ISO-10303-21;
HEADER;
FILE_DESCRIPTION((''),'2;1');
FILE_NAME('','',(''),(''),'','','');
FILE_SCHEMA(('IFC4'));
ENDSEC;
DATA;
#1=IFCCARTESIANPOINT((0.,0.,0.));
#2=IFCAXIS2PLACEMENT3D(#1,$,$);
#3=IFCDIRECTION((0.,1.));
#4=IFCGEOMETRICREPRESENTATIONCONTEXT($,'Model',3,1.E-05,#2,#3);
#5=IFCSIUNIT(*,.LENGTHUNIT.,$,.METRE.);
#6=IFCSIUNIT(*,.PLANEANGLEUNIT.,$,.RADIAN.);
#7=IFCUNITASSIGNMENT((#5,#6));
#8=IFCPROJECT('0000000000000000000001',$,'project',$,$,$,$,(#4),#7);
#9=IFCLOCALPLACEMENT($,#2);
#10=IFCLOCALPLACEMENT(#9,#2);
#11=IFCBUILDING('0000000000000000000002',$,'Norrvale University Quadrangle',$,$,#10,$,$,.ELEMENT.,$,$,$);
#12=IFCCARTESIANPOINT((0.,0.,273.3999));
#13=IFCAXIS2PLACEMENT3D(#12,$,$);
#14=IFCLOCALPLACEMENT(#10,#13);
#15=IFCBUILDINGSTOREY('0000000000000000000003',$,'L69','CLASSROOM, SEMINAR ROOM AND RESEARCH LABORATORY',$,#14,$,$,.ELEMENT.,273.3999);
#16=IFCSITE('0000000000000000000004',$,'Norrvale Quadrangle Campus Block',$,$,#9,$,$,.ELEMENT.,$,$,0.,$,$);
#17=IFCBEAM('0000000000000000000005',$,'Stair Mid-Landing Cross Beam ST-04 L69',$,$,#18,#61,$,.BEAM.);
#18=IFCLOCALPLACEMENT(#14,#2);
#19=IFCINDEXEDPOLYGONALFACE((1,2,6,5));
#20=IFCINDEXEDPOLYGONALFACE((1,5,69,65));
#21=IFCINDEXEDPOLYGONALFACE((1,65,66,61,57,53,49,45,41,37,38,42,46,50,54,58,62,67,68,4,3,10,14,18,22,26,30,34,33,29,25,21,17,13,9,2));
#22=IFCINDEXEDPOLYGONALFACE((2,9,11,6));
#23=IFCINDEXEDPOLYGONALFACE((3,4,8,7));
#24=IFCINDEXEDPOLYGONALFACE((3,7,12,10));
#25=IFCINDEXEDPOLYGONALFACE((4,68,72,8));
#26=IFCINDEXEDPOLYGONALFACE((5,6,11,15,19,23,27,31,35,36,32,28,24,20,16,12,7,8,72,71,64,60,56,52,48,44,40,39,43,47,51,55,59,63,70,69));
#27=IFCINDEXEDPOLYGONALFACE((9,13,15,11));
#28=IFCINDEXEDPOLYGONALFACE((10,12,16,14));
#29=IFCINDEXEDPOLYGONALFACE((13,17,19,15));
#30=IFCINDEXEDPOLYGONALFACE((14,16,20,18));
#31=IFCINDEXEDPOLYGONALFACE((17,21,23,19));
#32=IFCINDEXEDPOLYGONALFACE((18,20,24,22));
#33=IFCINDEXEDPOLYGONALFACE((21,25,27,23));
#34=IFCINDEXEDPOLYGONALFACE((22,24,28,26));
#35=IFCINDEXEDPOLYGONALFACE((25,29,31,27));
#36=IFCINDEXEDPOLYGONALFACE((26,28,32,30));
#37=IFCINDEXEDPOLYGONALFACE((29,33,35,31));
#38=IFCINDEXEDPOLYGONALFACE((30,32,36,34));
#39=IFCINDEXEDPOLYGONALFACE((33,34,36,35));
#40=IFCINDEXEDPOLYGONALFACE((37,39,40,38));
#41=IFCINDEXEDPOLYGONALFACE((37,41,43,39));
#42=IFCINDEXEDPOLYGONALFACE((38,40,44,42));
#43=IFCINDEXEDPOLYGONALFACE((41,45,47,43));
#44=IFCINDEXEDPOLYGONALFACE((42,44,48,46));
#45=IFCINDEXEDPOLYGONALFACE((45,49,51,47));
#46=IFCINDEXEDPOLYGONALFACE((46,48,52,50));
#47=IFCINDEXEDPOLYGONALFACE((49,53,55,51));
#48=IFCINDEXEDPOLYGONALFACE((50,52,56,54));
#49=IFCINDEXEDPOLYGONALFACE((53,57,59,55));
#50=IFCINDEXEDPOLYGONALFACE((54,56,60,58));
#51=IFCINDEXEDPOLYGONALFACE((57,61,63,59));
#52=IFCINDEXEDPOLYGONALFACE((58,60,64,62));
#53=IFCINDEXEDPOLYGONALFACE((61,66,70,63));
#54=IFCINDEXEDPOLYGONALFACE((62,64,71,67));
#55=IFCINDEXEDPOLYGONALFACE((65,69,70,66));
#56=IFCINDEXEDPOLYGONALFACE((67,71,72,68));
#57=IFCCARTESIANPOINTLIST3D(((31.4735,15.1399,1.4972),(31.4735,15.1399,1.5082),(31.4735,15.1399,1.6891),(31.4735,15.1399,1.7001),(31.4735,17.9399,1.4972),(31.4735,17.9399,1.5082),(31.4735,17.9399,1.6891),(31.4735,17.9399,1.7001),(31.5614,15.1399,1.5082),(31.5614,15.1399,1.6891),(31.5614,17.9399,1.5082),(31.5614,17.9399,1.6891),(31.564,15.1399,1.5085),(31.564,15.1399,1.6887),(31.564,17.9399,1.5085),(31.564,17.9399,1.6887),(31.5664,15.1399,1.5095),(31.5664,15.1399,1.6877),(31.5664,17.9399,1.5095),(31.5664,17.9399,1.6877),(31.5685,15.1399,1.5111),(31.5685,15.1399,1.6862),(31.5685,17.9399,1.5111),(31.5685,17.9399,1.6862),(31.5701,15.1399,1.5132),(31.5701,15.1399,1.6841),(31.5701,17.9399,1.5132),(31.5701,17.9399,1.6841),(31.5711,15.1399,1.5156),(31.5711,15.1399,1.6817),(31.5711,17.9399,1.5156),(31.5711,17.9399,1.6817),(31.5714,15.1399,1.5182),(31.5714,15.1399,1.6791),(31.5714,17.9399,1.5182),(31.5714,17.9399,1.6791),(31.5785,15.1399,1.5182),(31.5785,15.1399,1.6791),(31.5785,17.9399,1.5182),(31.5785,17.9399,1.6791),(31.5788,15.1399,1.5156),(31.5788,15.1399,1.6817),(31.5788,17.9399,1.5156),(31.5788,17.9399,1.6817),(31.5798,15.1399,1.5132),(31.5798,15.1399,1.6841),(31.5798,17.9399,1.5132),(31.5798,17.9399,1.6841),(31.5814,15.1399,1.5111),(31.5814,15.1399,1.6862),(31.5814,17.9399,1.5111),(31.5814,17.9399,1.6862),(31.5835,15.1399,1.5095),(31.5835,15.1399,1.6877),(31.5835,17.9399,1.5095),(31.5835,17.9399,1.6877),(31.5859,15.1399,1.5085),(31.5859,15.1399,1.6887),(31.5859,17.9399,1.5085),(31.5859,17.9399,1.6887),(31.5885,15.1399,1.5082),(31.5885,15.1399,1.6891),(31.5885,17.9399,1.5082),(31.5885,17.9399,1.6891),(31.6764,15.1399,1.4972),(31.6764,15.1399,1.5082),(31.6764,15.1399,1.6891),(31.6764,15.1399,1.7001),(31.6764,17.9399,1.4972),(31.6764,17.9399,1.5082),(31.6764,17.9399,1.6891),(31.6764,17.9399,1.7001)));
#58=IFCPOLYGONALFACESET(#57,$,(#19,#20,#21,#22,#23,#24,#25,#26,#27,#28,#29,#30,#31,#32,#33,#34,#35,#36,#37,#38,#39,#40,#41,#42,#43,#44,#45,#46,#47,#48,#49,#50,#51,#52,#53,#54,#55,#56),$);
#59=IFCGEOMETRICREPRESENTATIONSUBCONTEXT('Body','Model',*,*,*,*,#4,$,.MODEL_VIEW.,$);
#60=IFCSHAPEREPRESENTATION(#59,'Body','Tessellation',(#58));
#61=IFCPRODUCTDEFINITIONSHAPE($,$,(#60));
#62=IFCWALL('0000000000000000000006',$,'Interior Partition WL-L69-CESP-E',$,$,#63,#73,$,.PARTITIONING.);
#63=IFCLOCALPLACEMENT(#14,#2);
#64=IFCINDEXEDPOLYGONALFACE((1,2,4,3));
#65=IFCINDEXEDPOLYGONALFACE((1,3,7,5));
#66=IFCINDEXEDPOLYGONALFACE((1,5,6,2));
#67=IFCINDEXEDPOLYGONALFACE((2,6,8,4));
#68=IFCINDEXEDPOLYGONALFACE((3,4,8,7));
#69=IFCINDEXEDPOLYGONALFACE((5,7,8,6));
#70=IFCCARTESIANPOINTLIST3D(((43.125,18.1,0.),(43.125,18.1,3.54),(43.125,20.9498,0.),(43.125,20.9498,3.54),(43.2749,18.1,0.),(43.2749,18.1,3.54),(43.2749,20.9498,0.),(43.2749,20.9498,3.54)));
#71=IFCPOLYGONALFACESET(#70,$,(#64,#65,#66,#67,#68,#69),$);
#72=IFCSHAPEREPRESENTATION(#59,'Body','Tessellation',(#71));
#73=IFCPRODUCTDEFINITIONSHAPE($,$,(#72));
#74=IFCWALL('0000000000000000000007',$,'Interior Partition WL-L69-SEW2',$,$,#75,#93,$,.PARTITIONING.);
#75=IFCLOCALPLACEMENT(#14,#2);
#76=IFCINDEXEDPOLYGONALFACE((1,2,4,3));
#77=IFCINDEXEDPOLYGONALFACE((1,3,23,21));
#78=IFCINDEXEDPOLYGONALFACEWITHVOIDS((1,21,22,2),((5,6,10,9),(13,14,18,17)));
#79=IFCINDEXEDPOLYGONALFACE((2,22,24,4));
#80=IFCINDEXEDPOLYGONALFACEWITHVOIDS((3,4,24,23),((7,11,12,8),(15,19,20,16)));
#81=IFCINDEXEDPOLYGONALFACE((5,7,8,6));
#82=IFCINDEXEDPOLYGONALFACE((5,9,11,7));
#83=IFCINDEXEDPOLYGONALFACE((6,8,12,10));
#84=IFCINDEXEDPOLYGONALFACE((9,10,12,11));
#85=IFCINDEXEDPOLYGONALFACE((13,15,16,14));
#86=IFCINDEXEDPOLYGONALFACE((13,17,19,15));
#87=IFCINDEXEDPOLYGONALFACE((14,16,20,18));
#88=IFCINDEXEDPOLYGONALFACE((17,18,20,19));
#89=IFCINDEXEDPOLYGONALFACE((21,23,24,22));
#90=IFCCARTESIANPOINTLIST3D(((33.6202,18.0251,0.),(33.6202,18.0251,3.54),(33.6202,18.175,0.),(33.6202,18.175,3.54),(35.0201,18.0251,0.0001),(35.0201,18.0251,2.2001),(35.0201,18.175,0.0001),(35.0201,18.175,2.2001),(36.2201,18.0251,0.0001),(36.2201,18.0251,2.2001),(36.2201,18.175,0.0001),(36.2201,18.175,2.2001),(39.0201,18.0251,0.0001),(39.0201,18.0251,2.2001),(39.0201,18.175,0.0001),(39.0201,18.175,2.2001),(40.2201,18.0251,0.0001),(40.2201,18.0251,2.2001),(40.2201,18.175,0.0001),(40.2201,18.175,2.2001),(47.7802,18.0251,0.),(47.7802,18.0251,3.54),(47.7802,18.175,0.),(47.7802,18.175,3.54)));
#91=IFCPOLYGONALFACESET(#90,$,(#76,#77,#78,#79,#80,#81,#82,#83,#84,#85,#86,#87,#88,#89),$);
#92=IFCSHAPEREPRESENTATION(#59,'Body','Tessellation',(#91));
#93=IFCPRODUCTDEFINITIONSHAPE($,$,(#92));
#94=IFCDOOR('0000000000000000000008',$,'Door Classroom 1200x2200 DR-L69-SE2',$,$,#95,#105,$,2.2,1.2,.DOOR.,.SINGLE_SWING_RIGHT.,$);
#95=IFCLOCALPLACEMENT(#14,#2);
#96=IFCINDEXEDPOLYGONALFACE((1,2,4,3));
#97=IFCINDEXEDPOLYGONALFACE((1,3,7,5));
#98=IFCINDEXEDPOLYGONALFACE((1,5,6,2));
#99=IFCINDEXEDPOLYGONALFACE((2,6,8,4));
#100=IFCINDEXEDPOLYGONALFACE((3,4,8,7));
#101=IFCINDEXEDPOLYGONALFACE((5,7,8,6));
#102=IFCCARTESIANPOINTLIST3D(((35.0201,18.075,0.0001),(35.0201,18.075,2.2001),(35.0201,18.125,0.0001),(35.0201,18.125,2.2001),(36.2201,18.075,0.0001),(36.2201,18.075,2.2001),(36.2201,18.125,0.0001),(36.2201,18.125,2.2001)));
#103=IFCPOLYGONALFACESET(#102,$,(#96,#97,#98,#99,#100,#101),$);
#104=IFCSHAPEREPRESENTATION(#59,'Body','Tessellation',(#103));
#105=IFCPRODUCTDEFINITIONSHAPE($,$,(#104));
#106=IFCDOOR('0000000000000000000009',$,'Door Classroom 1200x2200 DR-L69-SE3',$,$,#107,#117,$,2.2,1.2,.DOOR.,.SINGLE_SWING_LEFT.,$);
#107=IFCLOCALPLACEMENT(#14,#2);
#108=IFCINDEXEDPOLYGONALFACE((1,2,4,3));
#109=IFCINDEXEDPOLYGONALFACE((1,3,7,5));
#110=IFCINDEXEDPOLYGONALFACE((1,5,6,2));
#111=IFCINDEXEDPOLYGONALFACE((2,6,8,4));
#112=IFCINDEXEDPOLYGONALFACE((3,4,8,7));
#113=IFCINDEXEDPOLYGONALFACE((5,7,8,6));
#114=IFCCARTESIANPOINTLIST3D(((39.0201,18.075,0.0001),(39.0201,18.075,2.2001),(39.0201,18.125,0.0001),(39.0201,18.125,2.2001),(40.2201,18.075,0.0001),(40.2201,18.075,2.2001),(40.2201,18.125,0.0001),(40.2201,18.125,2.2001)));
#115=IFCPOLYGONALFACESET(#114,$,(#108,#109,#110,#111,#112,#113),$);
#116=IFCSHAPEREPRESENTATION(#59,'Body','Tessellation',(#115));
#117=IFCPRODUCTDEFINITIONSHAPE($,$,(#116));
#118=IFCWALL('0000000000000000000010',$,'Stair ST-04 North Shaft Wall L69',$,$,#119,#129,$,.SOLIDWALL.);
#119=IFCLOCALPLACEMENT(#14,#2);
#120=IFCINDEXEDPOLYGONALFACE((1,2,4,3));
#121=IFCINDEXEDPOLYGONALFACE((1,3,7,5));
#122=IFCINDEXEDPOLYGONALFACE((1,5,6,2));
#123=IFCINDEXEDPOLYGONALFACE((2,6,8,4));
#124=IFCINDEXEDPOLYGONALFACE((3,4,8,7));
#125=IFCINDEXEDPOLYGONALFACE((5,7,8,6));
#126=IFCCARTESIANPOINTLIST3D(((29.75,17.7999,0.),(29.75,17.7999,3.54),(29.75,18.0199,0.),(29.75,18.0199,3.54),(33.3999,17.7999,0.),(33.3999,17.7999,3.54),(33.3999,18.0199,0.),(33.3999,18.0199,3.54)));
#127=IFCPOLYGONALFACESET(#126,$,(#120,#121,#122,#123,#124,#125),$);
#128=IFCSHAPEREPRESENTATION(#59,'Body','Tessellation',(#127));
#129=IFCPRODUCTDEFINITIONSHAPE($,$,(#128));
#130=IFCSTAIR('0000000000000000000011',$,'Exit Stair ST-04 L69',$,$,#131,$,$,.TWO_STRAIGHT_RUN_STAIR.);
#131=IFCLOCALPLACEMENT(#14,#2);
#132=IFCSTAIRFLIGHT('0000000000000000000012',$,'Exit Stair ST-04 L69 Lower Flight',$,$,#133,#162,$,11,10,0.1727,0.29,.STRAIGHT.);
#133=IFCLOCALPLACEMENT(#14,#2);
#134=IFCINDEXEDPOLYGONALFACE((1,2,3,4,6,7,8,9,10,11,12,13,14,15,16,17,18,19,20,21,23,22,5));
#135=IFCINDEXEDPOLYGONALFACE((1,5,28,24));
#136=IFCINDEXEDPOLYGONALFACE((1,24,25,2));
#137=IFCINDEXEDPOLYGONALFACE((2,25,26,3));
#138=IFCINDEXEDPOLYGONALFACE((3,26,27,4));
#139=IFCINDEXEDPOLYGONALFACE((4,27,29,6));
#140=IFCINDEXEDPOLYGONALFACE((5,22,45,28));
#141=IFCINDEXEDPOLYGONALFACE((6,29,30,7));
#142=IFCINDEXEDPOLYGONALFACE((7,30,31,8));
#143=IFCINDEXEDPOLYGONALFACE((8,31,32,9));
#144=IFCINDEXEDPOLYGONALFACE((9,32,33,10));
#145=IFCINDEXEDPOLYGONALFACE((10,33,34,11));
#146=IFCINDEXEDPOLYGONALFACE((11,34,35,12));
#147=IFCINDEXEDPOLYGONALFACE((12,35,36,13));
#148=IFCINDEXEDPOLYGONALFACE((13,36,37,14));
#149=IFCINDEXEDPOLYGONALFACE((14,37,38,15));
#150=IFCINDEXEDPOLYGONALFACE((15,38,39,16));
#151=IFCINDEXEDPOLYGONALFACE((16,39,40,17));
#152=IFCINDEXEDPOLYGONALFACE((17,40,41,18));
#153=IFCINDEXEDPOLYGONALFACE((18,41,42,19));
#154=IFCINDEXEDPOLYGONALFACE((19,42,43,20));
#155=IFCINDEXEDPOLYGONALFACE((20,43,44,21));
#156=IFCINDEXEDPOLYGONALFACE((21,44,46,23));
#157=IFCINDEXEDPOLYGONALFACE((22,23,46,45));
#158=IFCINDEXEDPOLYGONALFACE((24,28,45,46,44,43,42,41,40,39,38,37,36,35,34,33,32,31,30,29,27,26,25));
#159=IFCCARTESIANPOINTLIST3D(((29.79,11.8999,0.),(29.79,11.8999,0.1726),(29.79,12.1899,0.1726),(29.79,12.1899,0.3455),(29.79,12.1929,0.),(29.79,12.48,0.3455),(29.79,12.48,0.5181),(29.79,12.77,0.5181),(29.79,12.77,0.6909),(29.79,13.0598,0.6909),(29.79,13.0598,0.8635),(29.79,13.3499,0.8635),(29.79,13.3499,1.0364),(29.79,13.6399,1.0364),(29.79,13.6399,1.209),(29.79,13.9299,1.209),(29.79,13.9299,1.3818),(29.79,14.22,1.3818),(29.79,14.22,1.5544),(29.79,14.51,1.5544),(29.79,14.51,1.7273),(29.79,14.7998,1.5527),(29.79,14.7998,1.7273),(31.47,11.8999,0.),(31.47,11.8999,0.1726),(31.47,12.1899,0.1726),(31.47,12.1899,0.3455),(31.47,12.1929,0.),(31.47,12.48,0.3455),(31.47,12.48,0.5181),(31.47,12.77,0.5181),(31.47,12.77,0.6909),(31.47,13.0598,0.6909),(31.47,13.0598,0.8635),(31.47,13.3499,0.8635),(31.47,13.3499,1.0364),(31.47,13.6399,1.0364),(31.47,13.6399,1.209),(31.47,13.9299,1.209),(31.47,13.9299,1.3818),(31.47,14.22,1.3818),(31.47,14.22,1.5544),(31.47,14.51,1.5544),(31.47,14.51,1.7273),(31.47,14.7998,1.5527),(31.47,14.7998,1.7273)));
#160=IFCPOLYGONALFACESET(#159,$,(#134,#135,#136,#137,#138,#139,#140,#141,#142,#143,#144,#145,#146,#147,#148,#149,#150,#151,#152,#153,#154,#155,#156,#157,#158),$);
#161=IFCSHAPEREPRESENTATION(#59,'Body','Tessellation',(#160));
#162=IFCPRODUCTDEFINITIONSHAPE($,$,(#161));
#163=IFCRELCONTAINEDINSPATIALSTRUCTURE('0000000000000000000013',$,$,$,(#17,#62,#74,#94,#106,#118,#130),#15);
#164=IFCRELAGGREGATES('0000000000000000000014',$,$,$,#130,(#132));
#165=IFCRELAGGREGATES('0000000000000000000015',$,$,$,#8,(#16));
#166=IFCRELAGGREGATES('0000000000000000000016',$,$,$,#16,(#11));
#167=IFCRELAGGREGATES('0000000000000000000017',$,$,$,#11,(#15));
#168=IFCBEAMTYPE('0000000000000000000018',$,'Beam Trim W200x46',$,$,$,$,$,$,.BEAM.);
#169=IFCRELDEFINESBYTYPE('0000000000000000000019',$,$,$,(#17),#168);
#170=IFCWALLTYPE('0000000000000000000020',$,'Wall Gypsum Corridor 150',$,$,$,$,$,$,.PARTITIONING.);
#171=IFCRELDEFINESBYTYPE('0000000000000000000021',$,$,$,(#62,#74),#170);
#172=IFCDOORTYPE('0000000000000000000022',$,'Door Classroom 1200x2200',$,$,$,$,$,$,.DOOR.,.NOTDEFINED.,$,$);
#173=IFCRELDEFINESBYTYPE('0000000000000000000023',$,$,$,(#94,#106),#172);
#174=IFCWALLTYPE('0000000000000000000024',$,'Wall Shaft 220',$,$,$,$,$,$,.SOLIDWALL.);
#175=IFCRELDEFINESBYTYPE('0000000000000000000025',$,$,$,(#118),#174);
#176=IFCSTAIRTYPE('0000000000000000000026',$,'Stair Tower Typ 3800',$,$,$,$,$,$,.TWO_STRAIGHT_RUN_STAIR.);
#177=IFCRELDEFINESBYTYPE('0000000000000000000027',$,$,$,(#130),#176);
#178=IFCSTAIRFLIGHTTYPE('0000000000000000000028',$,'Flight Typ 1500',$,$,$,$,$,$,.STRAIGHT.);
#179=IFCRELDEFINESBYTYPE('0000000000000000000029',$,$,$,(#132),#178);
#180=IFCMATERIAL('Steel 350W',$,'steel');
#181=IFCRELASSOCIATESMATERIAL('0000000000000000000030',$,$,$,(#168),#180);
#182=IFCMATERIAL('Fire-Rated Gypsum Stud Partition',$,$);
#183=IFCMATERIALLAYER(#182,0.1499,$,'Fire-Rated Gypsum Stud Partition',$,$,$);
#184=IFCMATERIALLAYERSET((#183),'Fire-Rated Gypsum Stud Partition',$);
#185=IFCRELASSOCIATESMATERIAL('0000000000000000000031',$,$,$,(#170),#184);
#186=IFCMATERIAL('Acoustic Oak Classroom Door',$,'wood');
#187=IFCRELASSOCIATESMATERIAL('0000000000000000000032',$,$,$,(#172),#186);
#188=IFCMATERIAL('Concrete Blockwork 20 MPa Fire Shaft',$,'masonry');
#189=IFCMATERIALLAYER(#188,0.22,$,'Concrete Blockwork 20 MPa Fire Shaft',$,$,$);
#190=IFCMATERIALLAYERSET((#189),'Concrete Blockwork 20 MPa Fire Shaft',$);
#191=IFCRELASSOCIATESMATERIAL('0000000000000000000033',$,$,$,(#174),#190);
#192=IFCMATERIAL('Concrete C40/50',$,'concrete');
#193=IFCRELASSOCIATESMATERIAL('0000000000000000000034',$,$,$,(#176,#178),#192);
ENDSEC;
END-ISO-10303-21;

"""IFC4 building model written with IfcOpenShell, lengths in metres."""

from ifc_helpers import new_model, si_unit, direction, frame, frame_2d, origin, origin_2d, place, context, subcontext, project, spatial, polyline, rectangle, i_section, outline, extrude, material, layer, layer_set, material_profile, profile_set, type_object, element, fill, aggregate, save


model = new_model("IFC4")

# Units and contexts
model_context = context("Model", 3, precision=1e-05, world=origin(), true_north=direction((0.0, 1.0)))
body_context = subcontext(model_context, "Body", "Model", "MODEL_VIEW")
ifc_project = project(units=[si_unit("LENGTHUNIT", "METRE"), si_unit("PLANEANGLEUNIT", "RADIAN")], contexts=[model_context])

# Site, building, storey
site_placement = place(None, origin())
site = spatial("IfcSite", under=ifc_project, at=site_placement, Name="Norrvale Quadrangle Campus Block", CompositionType="ELEMENT", RefElevation=0.0)
building_placement = place(site_placement, origin())
building = spatial("IfcBuilding", under=site, at=building_placement, Name="Norrvale University Quadrangle", CompositionType="ELEMENT")
storey_placement = place(building_placement, frame((0.0, 0.0, 273.3999)))
storey = spatial("IfcBuildingStorey", under=building, at=storey_placement, Name="L69", Description="CLASSROOM, SEMINAR ROOM AND RESEARCH LABORATORY", CompositionType="ELEMENT", Elevation=273.3999)

# Beam
ifc_material_1 = material(Name="Steel 350W", Category="steel")
ifc_material_profile_1 = material_profile(ifc_material_1, i_section(OverallWidth=0.2029, OverallDepth=0.2029, WebThickness=0.0071, FlangeThickness=0.011, FilletRadius=0.01, at=origin_2d()), Name="Steel 350W")
ifc_profile_set_1 = profile_set([ifc_material_profile_1], Name="Steel 350W")
beam_type_1 = type_object("IfcBeamType", Name="Beam Trim W200x46", PredefinedType="BEAM", material=ifc_profile_set_1)
beam_1_placement = place(storey_placement, frame((31.575, 15.1399, 1.5986), z_axis=(0.0, 1.0, 0.0), x_axis=(-1.0, 0.0, 0.0)))
element("IfcBeam", 1, at=beam_1_placement, inside=storey, type_object=beam_type_1, Name="Stair Mid-Landing Cross Beam ST-04 L69", PredefinedType="BEAM", context=body_context, shape_type="SweptSolid", body=[
    extrude(i_section(OverallWidth=0.2029, OverallDepth=0.2029, WebThickness=0.0071, FlangeThickness=0.011, FilletRadius=0.01, at=origin_2d()), origin(), (0.0, 0.0, 1.0), 2.8),
])

# Wall
ifc_material_2 = material(Name="Fire-Rated Gypsum Stud Partition")
ifc_layer_1 = layer(ifc_material_2, 0.1499, Name="Fire-Rated Gypsum Stud Partition")
ifc_layer_set_1 = layer_set([ifc_layer_1], Name="Fire-Rated Gypsum Stud Partition")
wall_type_1 = type_object("IfcWallType", Name="Wall Gypsum Corridor 150", PredefinedType="PARTITIONING", material=ifc_layer_set_1)
wall_1_placement = place(storey_placement, frame((43.2, 18.1001, 0.0), z_axis=(0.0, 0.0, 1.0), x_axis=(0.0, 1.0, 0.0)))
element("IfcWall", 2, at=wall_1_placement, inside=storey, type_object=wall_type_1, Name="Interior Partition WL-L69-CESP-E", PredefinedType="PARTITIONING", context=body_context, shape_type="SweptSolid", body=[
    extrude(rectangle(XDim=2.8499, YDim=0.1499, at=frame_2d((1.4248, 0.0))), origin(), (0.0, 0.0, 1.0), 3.54),
])

# Wall, openings, doors
wall_2_placement = place(storey_placement, frame((33.6201, 18.1001, 0.0), z_axis=(0.0, 0.0, 1.0), x_axis=(1.0, 0.0, 0.0)))
wall_2 = element("IfcWall", 3, at=wall_2_placement, inside=storey, type_object=wall_type_1, Name="Interior Partition WL-L69-SEW2", PredefinedType="PARTITIONING", context=body_context, shape_type="SweptSolid", body=[
    extrude(rectangle(XDim=14.1599, YDim=0.1499, at=frame_2d((7.0801, 0.0))), origin(), (0.0, 0.0, 1.0), 3.54),
])
opening_1_placement = place(wall_2_placement, frame((1.3999, 0.0, 0.0)))
opening_1 = element("IfcOpeningElement", 4, at=opening_1_placement, cuts=wall_2, PredefinedType="OPENING", context=body_context, shape_type="SweptSolid", body=[
    extrude(rectangle(XDim=1.2, YDim=2.2, at=frame_2d((0.6001, 1.1001))), frame((0.0, 0.0869, 0.0), z_axis=(0.0, -1.0, 0.0), x_axis=(1.0, 0.0, 0.0)), (0.0, 0.0, 1.0), 0.1738),
])
opening_2_placement = place(wall_2_placement, frame((5.3999, 0.0, 0.0)))
opening_2 = element("IfcOpeningElement", 5, at=opening_2_placement, cuts=wall_2, PredefinedType="OPENING", context=body_context, shape_type="SweptSolid", body=[
    extrude(rectangle(XDim=1.2, YDim=2.2, at=frame_2d((0.6001, 1.1001))), frame((0.0, 0.0869, 0.0), z_axis=(0.0, -1.0, 0.0), x_axis=(1.0, 0.0, 0.0)), (0.0, 0.0, 1.0), 0.1738),
])
ifc_material_3 = material(Name="Acoustic Oak Classroom Door", Category="wood")
door_type = type_object("IfcDoorType", Name="Door Classroom 1200x2200", OperationType="NOTDEFINED", PredefinedType="DOOR", material=ifc_material_3)
door_1_placement = place(opening_1_placement, origin())
door_1 = element("IfcDoor", 6, at=door_1_placement, inside=storey, type_object=door_type, Name="Door Classroom 1200x2200 DR-L69-SE2", OperationType="SINGLE_SWING_RIGHT", OverallHeight=2.2, OverallWidth=1.2, PredefinedType="DOOR", context=body_context, shape_type="SweptSolid", body=[
    extrude(rectangle(XDim=1.2, YDim=2.2, at=frame_2d((0.6001, 1.1001))), frame((0.0, 0.0249, 0.0), z_axis=(0.0, -1.0, 0.0), x_axis=(1.0, 0.0, 0.0)), (0.0, 0.0, 1.0), 0.05),
])
fill(opening_1, door_1)
door_2_placement = place(opening_2_placement, origin())
door_2 = element("IfcDoor", 7, at=door_2_placement, inside=storey, type_object=door_type, Name="Door Classroom 1200x2200 DR-L69-SE3", OperationType="SINGLE_SWING_LEFT", OverallHeight=2.2, OverallWidth=1.2, PredefinedType="DOOR", context=body_context, shape_type="SweptSolid", body=[
    extrude(rectangle(XDim=1.2, YDim=2.2, at=frame_2d((0.6001, 1.1001))), frame((0.0, 0.0249, 0.0), z_axis=(0.0, -1.0, 0.0), x_axis=(1.0, 0.0, 0.0)), (0.0, 0.0, 1.0), 0.05),
])
fill(opening_2, door_2)

# Wall
ifc_material_4 = material(Name="Concrete Blockwork 20 MPa Fire Shaft", Category="masonry")
ifc_layer_2 = layer(ifc_material_4, 0.22, Name="Concrete Blockwork 20 MPa Fire Shaft")
ifc_layer_set_2 = layer_set([ifc_layer_2], Name="Concrete Blockwork 20 MPa Fire Shaft")
wall_type_2 = type_object("IfcWallType", Name="Wall Shaft 220", PredefinedType="SOLIDWALL", material=ifc_layer_set_2)
wall_3_placement = place(storey_placement, frame((29.75, 17.9099, 0.0), z_axis=(0.0, 0.0, 1.0), x_axis=(1.0, 0.0, 0.0)))
element("IfcWall", 8, at=wall_3_placement, inside=storey, type_object=wall_type_2, Name="Stair ST-04 North Shaft Wall L69", PredefinedType="SOLIDWALL", context=body_context, shape_type="SweptSolid", body=[
    extrude(rectangle(XDim=3.6499, YDim=0.22, at=frame_2d((1.825, 0.0))), origin(), (0.0, 0.0, 1.0), 3.54),
])

# Stair, stair flight
ifc_material_5 = material(Name="Concrete C40/50", Category="concrete")
stair_type = type_object("IfcStairType", Name="Stair Tower Typ 3800", PredefinedType="TWO_STRAIGHT_RUN_STAIR", material=ifc_material_5)
stair_placement = place(storey_placement, origin())
stair = element("IfcStair", 9, at=stair_placement, inside=storey, type_object=stair_type, Name="Exit Stair ST-04 L69", PredefinedType="TWO_STRAIGHT_RUN_STAIR")
stair_flight_type = type_object("IfcStairFlightType", Name="Flight Typ 1500", PredefinedType="STRAIGHT", material=ifc_material_5)
stair_flight_1_placement = place(storey_placement, frame((30.6299, 11.8999, 0.0), z_axis=(0.0, 0.0, 1.0), x_axis=(0.0, 1.0, 0.0)))
stair_flight_1 = element("IfcStairFlight", 10, at=stair_flight_1_placement, type_object=stair_flight_type, Name="Exit Stair ST-04 L69 Lower Flight", NumberOfRisers=11, NumberOfTreads=10, PredefinedType="STRAIGHT", RiserHeight=0.1727, TreadLength=0.29, context=body_context, shape_type="SweptSolid", body=[
    extrude(outline(polyline([(0.0, 0.0), (0.0, 0.1726), (0.29, 0.1726), (0.29, 0.3455), (0.5801, 0.3455), (0.5801, 0.5181), (0.8701, 0.5181), (0.8701, 0.6909), (1.1599, 0.6909), (1.1599, 0.8635), (1.45, 0.8635), (1.45, 1.0364), (1.74, 1.0364), (1.74, 1.209), (2.03, 1.209), (2.03, 1.3818), (2.3201, 1.3818), (2.3201, 1.5544), (2.6101, 1.5544), (2.6101, 1.7273), (2.8999, 1.7273), (2.8999, 1.8999), (2.8999, 1.5527), (0.293, 0.0), (0.0, 0.0)])), frame((0.0, 0.8398, 0.0), z_axis=(0.0, -1.0, 0.0), x_axis=(1.0, 0.0, 0.0)), (0.0, 0.0, 1.0), 1.6799),
])
aggregate(stair, [stair_flight_1])

save(model, "model.ifc")
